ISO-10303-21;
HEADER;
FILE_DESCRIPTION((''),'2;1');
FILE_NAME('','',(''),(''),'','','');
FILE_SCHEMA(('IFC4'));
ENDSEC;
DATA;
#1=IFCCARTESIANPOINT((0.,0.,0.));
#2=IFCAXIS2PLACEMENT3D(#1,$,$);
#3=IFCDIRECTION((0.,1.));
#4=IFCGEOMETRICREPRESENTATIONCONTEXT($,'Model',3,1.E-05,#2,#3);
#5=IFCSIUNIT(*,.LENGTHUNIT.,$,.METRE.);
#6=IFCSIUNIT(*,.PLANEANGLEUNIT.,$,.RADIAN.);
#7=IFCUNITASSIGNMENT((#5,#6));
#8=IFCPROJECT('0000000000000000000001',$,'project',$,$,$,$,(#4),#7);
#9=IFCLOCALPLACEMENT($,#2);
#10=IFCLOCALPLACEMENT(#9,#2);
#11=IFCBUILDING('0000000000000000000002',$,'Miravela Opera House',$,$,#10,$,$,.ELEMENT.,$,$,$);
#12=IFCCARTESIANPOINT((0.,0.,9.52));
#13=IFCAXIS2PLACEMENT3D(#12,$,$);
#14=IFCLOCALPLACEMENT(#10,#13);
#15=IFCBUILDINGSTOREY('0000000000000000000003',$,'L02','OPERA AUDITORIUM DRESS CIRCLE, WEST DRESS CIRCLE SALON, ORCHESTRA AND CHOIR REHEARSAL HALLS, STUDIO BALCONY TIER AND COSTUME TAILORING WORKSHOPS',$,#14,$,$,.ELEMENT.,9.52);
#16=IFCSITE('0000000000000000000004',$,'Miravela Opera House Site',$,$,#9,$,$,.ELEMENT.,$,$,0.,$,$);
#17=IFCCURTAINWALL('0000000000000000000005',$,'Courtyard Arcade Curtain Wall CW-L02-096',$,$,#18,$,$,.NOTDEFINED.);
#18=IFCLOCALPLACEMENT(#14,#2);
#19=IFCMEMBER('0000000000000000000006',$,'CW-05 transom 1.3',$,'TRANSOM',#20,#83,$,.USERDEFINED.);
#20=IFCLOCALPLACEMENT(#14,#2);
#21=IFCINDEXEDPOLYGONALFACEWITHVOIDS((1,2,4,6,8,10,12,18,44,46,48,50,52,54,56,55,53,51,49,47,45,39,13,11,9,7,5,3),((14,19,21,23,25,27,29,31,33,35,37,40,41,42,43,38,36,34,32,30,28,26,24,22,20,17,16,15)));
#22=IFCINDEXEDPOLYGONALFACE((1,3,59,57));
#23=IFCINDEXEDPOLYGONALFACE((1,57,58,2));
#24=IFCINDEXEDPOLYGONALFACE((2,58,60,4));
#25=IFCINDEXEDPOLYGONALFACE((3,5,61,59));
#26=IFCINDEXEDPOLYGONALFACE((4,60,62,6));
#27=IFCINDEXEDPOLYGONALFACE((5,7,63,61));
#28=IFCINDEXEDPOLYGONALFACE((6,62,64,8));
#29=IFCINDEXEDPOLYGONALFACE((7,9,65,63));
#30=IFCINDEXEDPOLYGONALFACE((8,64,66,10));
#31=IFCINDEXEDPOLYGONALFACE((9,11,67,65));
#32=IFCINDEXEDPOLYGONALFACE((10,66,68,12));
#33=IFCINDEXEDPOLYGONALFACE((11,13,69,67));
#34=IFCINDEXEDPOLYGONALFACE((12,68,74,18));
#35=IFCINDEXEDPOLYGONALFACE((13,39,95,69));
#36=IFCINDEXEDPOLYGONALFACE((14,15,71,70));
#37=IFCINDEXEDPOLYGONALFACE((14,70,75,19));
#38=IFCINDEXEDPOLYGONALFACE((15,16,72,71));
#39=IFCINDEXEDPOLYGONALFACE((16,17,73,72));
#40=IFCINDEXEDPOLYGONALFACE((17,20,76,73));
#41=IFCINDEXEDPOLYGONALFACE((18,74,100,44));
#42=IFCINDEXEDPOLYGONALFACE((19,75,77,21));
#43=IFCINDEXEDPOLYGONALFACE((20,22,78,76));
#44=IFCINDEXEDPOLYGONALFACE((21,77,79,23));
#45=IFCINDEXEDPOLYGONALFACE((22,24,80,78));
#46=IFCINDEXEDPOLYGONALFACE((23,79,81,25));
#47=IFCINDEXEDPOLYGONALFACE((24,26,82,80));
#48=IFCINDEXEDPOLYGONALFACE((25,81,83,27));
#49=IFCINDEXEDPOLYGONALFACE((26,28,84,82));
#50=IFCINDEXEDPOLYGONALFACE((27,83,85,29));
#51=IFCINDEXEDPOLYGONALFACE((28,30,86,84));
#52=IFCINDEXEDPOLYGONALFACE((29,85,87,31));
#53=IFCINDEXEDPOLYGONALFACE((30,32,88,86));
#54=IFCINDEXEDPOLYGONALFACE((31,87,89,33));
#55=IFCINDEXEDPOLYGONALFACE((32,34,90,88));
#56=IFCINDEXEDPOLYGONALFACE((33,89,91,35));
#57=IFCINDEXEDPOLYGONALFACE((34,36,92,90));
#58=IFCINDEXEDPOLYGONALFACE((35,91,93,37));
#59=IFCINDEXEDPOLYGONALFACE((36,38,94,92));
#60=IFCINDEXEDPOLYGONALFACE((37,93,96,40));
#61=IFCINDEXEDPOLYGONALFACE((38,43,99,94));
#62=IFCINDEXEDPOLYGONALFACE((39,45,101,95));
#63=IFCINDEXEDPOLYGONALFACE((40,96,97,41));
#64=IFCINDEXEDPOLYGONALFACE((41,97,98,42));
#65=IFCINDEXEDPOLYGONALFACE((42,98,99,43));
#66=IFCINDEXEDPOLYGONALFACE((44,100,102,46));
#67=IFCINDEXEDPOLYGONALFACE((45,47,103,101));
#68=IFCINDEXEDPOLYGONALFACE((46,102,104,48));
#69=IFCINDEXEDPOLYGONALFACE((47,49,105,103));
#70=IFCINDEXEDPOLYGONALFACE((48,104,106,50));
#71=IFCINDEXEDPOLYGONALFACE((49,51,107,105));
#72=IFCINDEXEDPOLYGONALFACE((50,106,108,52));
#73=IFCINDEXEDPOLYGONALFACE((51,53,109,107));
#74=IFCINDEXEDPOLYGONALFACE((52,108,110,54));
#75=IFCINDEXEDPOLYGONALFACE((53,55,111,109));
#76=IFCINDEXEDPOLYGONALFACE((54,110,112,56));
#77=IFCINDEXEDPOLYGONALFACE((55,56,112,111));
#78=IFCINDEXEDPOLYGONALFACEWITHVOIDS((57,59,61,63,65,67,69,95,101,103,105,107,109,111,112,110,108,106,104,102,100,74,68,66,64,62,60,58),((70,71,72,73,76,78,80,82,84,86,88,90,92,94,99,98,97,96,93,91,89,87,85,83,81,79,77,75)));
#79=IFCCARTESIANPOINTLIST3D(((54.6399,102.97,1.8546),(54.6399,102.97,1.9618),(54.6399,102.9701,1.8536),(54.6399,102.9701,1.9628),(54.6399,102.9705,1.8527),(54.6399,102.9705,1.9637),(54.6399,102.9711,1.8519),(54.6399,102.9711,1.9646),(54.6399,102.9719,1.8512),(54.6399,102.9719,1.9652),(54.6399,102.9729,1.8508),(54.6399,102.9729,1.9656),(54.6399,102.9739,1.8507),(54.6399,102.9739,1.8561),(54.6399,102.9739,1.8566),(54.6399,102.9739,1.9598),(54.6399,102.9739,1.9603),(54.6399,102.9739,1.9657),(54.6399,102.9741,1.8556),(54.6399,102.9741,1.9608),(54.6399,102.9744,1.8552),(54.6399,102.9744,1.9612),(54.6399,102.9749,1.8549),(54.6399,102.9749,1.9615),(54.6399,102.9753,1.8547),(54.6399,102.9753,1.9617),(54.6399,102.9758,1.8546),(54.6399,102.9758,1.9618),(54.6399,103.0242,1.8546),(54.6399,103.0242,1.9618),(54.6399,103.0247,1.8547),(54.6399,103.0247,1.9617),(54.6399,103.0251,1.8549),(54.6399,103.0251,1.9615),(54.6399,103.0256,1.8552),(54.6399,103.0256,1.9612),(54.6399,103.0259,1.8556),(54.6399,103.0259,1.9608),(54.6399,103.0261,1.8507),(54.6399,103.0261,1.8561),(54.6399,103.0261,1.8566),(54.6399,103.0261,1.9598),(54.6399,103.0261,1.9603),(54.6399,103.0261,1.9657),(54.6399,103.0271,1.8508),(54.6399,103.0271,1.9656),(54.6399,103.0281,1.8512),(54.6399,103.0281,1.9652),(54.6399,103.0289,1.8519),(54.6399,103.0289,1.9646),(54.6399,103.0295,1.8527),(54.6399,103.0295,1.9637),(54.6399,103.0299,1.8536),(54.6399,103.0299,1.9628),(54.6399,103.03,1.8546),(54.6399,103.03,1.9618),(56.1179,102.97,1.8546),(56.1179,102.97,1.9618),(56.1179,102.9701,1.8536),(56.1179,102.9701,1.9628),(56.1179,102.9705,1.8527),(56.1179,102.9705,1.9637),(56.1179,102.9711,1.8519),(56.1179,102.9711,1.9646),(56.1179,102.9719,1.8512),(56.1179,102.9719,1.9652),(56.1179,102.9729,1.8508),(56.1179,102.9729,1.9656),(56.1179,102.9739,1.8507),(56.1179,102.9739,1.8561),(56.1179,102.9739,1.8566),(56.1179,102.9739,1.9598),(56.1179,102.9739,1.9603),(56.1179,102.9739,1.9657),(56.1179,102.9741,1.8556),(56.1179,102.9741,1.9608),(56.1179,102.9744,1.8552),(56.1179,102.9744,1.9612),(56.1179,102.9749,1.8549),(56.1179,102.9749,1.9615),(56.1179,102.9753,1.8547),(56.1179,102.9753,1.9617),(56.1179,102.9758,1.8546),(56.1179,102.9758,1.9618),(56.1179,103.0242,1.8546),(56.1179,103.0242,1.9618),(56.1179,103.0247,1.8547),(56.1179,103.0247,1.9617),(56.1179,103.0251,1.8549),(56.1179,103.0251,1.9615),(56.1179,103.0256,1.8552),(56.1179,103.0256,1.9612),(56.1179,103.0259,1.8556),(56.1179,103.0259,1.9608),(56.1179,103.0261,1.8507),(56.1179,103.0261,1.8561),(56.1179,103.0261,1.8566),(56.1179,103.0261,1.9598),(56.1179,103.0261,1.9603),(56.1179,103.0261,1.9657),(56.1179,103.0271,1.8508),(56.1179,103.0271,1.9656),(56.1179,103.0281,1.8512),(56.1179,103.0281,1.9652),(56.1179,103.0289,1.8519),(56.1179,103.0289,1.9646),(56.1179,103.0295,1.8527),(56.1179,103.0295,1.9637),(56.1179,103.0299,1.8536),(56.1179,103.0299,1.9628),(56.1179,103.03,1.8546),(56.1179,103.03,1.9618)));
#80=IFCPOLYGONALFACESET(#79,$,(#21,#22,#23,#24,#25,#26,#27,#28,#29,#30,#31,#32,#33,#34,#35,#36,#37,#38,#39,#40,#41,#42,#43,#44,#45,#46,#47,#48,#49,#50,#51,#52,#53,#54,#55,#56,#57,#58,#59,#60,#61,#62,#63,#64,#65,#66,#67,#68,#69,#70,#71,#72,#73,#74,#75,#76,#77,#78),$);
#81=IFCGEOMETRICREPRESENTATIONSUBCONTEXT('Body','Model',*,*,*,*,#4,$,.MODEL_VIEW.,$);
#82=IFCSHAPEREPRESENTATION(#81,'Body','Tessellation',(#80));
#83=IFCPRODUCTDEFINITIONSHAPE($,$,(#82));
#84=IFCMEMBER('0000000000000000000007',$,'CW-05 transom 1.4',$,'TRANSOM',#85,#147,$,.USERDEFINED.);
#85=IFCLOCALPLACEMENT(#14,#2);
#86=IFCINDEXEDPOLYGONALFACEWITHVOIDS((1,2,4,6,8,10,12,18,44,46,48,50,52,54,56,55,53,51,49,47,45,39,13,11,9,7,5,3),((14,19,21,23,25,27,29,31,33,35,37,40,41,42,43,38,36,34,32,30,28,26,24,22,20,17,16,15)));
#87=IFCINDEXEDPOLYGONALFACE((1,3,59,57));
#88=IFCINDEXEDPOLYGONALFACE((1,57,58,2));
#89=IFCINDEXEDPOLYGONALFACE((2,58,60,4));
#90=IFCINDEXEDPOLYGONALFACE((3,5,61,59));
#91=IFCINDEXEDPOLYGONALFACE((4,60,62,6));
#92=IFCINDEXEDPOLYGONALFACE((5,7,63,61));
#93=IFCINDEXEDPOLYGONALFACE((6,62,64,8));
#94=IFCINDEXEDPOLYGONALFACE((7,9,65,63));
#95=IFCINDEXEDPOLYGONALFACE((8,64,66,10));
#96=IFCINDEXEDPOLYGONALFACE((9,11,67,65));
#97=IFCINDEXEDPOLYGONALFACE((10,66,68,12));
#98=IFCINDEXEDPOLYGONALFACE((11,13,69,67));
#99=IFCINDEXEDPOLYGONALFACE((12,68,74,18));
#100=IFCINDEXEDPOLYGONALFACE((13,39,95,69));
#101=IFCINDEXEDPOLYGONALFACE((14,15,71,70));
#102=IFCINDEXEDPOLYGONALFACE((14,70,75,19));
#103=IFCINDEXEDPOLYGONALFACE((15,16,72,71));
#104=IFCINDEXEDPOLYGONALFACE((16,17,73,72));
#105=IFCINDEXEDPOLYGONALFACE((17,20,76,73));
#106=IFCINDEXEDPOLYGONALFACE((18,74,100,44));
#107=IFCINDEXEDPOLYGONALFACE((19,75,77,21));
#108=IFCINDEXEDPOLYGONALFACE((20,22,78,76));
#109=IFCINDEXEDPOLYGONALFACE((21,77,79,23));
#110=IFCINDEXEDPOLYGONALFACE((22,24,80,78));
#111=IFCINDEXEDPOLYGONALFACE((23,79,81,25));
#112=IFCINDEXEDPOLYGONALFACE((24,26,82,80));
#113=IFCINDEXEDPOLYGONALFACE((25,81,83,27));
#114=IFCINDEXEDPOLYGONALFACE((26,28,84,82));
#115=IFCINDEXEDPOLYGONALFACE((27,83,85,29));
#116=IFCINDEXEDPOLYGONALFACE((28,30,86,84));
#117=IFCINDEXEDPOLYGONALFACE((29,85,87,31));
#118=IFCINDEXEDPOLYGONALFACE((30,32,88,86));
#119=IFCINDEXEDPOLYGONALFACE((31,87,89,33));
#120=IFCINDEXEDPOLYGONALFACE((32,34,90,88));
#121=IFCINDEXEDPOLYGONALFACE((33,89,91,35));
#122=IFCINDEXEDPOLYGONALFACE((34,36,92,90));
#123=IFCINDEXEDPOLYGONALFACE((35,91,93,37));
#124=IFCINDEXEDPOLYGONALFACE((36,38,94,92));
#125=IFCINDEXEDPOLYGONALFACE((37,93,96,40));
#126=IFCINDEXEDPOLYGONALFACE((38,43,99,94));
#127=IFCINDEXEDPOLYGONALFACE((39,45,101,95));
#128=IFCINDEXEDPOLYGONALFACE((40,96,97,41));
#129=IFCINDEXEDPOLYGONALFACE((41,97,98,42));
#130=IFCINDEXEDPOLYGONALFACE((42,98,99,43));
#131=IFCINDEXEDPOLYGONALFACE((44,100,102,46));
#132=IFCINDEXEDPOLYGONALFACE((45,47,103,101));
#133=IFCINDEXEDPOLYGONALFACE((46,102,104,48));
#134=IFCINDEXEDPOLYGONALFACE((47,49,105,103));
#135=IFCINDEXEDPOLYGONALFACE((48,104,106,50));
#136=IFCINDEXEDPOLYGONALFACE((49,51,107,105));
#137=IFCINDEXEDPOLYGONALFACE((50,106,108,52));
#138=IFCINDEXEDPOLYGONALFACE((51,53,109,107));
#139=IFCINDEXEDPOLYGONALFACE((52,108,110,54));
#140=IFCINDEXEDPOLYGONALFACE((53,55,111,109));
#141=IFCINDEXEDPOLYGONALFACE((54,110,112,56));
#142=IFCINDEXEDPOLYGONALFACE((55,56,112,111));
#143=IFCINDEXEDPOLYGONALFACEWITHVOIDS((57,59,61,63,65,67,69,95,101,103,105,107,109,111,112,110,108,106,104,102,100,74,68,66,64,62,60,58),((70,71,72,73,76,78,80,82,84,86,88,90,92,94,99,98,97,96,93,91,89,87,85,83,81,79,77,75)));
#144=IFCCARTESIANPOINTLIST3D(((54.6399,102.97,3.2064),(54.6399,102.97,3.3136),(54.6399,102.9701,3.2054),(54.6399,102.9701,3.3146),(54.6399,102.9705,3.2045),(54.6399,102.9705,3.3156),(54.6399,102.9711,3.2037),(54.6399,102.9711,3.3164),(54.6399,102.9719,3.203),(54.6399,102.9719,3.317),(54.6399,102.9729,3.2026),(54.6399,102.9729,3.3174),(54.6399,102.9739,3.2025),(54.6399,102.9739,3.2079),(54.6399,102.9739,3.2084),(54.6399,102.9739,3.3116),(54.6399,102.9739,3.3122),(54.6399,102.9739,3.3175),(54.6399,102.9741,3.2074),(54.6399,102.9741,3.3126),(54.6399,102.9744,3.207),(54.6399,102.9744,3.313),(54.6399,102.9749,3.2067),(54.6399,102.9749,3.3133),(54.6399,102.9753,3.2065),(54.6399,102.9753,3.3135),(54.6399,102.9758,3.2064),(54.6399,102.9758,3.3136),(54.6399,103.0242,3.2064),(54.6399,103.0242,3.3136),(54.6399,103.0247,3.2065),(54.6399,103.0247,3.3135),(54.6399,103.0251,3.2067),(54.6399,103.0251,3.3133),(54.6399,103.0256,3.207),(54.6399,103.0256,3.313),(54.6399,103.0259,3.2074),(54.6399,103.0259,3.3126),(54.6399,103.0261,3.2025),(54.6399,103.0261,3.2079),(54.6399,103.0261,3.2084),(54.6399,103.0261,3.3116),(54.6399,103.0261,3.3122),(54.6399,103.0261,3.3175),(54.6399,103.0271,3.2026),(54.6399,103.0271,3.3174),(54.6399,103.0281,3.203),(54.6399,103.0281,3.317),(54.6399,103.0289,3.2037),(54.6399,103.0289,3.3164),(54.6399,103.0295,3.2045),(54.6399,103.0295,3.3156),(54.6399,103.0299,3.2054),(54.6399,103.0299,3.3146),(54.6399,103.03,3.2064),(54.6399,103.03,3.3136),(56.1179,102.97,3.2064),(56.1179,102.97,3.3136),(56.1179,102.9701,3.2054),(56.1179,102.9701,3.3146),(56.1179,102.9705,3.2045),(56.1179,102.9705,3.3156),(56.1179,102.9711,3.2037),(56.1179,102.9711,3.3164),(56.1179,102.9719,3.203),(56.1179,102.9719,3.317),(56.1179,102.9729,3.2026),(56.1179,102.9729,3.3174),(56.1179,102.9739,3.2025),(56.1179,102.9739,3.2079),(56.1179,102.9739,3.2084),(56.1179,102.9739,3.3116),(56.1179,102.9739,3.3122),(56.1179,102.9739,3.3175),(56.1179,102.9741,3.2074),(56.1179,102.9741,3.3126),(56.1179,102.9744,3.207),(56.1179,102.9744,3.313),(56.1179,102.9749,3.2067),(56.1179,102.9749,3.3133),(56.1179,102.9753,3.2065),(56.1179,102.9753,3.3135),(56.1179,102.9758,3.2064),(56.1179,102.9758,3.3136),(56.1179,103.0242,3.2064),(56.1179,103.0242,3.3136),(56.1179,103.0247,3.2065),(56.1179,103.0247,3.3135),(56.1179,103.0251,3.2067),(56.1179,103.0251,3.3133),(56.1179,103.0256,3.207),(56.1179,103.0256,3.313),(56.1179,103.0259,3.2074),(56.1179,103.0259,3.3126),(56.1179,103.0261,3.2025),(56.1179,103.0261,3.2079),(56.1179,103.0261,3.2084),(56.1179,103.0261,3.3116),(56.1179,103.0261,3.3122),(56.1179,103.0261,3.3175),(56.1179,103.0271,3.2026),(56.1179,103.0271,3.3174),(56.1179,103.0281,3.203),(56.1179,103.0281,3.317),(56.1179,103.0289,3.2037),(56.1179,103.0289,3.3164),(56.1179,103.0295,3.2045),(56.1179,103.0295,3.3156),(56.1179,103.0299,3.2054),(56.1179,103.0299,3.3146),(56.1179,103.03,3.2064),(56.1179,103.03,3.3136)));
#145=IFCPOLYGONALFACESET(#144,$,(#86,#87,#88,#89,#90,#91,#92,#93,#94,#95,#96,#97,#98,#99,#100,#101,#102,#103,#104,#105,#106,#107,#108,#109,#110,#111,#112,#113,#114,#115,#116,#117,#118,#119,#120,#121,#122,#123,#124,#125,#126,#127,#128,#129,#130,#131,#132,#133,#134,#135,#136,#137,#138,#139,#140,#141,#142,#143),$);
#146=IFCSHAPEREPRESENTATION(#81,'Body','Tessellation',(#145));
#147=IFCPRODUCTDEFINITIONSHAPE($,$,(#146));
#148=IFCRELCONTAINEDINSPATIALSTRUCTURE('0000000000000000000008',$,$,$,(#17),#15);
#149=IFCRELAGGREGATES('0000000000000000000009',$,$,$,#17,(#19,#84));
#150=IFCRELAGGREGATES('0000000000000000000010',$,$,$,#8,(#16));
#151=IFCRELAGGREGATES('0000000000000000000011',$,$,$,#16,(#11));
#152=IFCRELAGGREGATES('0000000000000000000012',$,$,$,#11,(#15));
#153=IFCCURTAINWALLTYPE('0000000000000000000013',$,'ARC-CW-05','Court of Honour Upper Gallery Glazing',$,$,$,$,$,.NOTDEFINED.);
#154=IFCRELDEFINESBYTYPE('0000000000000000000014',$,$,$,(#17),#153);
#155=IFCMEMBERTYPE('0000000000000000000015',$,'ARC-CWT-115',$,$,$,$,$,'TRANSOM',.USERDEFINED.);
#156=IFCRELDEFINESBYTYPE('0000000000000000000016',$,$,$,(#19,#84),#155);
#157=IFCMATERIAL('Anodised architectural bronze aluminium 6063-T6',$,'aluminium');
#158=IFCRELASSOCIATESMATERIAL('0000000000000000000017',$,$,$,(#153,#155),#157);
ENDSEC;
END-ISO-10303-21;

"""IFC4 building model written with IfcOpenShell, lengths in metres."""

from ifc_helpers import new_model, si_unit, direction, frame, origin, origin_2d, place, context, subcontext, project, spatial, hollow_rectangle, extrude, material, material_profile, profile_set, type_object, element, aggregate, save


model = new_model("IFC4")

# Units and contexts
model_context = context("Model", 3, precision=1e-05, world=origin(), true_north=direction((0.0, 1.0)))
body_context = subcontext(model_context, "Body", "Model", "MODEL_VIEW")
ifc_project = project(units=[si_unit("LENGTHUNIT", "METRE"), si_unit("PLANEANGLEUNIT", "RADIAN")], contexts=[model_context])

# Site, building, storey
site_placement = place(None, origin())
site = spatial("IfcSite", under=ifc_project, at=site_placement, Name="Miravela Opera House Site", CompositionType="ELEMENT", RefElevation=0.0)
building_placement = place(site_placement, origin())
building = spatial("IfcBuilding", under=site, at=building_placement, Name="Miravela Opera House", CompositionType="ELEMENT")
storey_placement = place(building_placement, frame((0.0, 0.0, 9.52)))
storey = spatial("IfcBuildingStorey", under=building, at=storey_placement, Name="L02", Description="OPERA AUDITORIUM DRESS CIRCLE, WEST DRESS CIRCLE SALON, ORCHESTRA AND CHOIR REHEARSAL HALLS, STUDIO BALCONY TIER AND COSTUME TAILORING WORKSHOPS", CompositionType="ELEMENT", Elevation=9.52)

# Shared definitions
ifc_material_1 = material(Name="Anodised architectural bronze aluminium 6063-T6", Category="aluminium")
curtain_wall_type = type_object("IfcCurtainWallType", Name="ARC-CW-05", Description="Court of Honour Upper Gallery Glazing", PredefinedType="NOTDEFINED", material=ifc_material_1)

# Curtain wall
curtain_wall_1_placement = place(storey_placement, origin())
curtain_wall_1 = element("IfcCurtainWall", 1, at=curtain_wall_1_placement, inside=storey, type_object=curtain_wall_type, Name="Courtyard Arcade Curtain Wall CW-L02-096", PredefinedType="NOTDEFINED")

# Members
ifc_material_profile_1 = material_profile(ifc_material_1, hollow_rectangle(XDim=0.0601, YDim=0.115, WallThickness=0.0039, InnerFilletRadius=0.002, OuterFilletRadius=0.0039, at=origin_2d()), Name="CWT-60X115")
ifc_profile_set_1 = profile_set([ifc_material_profile_1])
member_type_1 = type_object("IfcMemberType", Name="ARC-CWT-115", ElementType="TRANSOM", PredefinedType="USERDEFINED", material=ifc_profile_set_1)
member_1_placement = place(storey_placement, frame((54.6399, 103.0, 1.9082), z_axis=(1.0, 0.0, 0.0), x_axis=(0.0, 1.0, 0.0)))
member_1 = element("IfcMember", 2, at=member_1_placement, type_object=member_type_1, Name="CW-05 transom 1.3", ObjectType="TRANSOM", PredefinedType="USERDEFINED", context=body_context, shape_type="SweptSolid", body=[
    extrude(hollow_rectangle(XDim=0.0601, YDim=0.115, WallThickness=0.0039, InnerFilletRadius=0.002, OuterFilletRadius=0.0039, at=origin_2d()), origin(), (0.0, 0.0, 1.0), 1.478),
])
member_2_placement = place(storey_placement, frame((54.6399, 103.0, 3.26), z_axis=(1.0, 0.0, 0.0), x_axis=(0.0, 1.0, 0.0)))
member_2 = element("IfcMember", 3, at=member_2_placement, type_object=member_type_1, Name="CW-05 transom 1.4", ObjectType="TRANSOM", PredefinedType="USERDEFINED", context=body_context, shape_type="SweptSolid", body=[
    extrude(hollow_rectangle(XDim=0.0601, YDim=0.115, WallThickness=0.0039, InnerFilletRadius=0.002, OuterFilletRadius=0.0039, at=origin_2d()), origin(), (0.0, 0.0, 1.0), 1.478),
])

aggregate(curtain_wall_1, [member_1, member_2])

save(model, "model.ifc")
